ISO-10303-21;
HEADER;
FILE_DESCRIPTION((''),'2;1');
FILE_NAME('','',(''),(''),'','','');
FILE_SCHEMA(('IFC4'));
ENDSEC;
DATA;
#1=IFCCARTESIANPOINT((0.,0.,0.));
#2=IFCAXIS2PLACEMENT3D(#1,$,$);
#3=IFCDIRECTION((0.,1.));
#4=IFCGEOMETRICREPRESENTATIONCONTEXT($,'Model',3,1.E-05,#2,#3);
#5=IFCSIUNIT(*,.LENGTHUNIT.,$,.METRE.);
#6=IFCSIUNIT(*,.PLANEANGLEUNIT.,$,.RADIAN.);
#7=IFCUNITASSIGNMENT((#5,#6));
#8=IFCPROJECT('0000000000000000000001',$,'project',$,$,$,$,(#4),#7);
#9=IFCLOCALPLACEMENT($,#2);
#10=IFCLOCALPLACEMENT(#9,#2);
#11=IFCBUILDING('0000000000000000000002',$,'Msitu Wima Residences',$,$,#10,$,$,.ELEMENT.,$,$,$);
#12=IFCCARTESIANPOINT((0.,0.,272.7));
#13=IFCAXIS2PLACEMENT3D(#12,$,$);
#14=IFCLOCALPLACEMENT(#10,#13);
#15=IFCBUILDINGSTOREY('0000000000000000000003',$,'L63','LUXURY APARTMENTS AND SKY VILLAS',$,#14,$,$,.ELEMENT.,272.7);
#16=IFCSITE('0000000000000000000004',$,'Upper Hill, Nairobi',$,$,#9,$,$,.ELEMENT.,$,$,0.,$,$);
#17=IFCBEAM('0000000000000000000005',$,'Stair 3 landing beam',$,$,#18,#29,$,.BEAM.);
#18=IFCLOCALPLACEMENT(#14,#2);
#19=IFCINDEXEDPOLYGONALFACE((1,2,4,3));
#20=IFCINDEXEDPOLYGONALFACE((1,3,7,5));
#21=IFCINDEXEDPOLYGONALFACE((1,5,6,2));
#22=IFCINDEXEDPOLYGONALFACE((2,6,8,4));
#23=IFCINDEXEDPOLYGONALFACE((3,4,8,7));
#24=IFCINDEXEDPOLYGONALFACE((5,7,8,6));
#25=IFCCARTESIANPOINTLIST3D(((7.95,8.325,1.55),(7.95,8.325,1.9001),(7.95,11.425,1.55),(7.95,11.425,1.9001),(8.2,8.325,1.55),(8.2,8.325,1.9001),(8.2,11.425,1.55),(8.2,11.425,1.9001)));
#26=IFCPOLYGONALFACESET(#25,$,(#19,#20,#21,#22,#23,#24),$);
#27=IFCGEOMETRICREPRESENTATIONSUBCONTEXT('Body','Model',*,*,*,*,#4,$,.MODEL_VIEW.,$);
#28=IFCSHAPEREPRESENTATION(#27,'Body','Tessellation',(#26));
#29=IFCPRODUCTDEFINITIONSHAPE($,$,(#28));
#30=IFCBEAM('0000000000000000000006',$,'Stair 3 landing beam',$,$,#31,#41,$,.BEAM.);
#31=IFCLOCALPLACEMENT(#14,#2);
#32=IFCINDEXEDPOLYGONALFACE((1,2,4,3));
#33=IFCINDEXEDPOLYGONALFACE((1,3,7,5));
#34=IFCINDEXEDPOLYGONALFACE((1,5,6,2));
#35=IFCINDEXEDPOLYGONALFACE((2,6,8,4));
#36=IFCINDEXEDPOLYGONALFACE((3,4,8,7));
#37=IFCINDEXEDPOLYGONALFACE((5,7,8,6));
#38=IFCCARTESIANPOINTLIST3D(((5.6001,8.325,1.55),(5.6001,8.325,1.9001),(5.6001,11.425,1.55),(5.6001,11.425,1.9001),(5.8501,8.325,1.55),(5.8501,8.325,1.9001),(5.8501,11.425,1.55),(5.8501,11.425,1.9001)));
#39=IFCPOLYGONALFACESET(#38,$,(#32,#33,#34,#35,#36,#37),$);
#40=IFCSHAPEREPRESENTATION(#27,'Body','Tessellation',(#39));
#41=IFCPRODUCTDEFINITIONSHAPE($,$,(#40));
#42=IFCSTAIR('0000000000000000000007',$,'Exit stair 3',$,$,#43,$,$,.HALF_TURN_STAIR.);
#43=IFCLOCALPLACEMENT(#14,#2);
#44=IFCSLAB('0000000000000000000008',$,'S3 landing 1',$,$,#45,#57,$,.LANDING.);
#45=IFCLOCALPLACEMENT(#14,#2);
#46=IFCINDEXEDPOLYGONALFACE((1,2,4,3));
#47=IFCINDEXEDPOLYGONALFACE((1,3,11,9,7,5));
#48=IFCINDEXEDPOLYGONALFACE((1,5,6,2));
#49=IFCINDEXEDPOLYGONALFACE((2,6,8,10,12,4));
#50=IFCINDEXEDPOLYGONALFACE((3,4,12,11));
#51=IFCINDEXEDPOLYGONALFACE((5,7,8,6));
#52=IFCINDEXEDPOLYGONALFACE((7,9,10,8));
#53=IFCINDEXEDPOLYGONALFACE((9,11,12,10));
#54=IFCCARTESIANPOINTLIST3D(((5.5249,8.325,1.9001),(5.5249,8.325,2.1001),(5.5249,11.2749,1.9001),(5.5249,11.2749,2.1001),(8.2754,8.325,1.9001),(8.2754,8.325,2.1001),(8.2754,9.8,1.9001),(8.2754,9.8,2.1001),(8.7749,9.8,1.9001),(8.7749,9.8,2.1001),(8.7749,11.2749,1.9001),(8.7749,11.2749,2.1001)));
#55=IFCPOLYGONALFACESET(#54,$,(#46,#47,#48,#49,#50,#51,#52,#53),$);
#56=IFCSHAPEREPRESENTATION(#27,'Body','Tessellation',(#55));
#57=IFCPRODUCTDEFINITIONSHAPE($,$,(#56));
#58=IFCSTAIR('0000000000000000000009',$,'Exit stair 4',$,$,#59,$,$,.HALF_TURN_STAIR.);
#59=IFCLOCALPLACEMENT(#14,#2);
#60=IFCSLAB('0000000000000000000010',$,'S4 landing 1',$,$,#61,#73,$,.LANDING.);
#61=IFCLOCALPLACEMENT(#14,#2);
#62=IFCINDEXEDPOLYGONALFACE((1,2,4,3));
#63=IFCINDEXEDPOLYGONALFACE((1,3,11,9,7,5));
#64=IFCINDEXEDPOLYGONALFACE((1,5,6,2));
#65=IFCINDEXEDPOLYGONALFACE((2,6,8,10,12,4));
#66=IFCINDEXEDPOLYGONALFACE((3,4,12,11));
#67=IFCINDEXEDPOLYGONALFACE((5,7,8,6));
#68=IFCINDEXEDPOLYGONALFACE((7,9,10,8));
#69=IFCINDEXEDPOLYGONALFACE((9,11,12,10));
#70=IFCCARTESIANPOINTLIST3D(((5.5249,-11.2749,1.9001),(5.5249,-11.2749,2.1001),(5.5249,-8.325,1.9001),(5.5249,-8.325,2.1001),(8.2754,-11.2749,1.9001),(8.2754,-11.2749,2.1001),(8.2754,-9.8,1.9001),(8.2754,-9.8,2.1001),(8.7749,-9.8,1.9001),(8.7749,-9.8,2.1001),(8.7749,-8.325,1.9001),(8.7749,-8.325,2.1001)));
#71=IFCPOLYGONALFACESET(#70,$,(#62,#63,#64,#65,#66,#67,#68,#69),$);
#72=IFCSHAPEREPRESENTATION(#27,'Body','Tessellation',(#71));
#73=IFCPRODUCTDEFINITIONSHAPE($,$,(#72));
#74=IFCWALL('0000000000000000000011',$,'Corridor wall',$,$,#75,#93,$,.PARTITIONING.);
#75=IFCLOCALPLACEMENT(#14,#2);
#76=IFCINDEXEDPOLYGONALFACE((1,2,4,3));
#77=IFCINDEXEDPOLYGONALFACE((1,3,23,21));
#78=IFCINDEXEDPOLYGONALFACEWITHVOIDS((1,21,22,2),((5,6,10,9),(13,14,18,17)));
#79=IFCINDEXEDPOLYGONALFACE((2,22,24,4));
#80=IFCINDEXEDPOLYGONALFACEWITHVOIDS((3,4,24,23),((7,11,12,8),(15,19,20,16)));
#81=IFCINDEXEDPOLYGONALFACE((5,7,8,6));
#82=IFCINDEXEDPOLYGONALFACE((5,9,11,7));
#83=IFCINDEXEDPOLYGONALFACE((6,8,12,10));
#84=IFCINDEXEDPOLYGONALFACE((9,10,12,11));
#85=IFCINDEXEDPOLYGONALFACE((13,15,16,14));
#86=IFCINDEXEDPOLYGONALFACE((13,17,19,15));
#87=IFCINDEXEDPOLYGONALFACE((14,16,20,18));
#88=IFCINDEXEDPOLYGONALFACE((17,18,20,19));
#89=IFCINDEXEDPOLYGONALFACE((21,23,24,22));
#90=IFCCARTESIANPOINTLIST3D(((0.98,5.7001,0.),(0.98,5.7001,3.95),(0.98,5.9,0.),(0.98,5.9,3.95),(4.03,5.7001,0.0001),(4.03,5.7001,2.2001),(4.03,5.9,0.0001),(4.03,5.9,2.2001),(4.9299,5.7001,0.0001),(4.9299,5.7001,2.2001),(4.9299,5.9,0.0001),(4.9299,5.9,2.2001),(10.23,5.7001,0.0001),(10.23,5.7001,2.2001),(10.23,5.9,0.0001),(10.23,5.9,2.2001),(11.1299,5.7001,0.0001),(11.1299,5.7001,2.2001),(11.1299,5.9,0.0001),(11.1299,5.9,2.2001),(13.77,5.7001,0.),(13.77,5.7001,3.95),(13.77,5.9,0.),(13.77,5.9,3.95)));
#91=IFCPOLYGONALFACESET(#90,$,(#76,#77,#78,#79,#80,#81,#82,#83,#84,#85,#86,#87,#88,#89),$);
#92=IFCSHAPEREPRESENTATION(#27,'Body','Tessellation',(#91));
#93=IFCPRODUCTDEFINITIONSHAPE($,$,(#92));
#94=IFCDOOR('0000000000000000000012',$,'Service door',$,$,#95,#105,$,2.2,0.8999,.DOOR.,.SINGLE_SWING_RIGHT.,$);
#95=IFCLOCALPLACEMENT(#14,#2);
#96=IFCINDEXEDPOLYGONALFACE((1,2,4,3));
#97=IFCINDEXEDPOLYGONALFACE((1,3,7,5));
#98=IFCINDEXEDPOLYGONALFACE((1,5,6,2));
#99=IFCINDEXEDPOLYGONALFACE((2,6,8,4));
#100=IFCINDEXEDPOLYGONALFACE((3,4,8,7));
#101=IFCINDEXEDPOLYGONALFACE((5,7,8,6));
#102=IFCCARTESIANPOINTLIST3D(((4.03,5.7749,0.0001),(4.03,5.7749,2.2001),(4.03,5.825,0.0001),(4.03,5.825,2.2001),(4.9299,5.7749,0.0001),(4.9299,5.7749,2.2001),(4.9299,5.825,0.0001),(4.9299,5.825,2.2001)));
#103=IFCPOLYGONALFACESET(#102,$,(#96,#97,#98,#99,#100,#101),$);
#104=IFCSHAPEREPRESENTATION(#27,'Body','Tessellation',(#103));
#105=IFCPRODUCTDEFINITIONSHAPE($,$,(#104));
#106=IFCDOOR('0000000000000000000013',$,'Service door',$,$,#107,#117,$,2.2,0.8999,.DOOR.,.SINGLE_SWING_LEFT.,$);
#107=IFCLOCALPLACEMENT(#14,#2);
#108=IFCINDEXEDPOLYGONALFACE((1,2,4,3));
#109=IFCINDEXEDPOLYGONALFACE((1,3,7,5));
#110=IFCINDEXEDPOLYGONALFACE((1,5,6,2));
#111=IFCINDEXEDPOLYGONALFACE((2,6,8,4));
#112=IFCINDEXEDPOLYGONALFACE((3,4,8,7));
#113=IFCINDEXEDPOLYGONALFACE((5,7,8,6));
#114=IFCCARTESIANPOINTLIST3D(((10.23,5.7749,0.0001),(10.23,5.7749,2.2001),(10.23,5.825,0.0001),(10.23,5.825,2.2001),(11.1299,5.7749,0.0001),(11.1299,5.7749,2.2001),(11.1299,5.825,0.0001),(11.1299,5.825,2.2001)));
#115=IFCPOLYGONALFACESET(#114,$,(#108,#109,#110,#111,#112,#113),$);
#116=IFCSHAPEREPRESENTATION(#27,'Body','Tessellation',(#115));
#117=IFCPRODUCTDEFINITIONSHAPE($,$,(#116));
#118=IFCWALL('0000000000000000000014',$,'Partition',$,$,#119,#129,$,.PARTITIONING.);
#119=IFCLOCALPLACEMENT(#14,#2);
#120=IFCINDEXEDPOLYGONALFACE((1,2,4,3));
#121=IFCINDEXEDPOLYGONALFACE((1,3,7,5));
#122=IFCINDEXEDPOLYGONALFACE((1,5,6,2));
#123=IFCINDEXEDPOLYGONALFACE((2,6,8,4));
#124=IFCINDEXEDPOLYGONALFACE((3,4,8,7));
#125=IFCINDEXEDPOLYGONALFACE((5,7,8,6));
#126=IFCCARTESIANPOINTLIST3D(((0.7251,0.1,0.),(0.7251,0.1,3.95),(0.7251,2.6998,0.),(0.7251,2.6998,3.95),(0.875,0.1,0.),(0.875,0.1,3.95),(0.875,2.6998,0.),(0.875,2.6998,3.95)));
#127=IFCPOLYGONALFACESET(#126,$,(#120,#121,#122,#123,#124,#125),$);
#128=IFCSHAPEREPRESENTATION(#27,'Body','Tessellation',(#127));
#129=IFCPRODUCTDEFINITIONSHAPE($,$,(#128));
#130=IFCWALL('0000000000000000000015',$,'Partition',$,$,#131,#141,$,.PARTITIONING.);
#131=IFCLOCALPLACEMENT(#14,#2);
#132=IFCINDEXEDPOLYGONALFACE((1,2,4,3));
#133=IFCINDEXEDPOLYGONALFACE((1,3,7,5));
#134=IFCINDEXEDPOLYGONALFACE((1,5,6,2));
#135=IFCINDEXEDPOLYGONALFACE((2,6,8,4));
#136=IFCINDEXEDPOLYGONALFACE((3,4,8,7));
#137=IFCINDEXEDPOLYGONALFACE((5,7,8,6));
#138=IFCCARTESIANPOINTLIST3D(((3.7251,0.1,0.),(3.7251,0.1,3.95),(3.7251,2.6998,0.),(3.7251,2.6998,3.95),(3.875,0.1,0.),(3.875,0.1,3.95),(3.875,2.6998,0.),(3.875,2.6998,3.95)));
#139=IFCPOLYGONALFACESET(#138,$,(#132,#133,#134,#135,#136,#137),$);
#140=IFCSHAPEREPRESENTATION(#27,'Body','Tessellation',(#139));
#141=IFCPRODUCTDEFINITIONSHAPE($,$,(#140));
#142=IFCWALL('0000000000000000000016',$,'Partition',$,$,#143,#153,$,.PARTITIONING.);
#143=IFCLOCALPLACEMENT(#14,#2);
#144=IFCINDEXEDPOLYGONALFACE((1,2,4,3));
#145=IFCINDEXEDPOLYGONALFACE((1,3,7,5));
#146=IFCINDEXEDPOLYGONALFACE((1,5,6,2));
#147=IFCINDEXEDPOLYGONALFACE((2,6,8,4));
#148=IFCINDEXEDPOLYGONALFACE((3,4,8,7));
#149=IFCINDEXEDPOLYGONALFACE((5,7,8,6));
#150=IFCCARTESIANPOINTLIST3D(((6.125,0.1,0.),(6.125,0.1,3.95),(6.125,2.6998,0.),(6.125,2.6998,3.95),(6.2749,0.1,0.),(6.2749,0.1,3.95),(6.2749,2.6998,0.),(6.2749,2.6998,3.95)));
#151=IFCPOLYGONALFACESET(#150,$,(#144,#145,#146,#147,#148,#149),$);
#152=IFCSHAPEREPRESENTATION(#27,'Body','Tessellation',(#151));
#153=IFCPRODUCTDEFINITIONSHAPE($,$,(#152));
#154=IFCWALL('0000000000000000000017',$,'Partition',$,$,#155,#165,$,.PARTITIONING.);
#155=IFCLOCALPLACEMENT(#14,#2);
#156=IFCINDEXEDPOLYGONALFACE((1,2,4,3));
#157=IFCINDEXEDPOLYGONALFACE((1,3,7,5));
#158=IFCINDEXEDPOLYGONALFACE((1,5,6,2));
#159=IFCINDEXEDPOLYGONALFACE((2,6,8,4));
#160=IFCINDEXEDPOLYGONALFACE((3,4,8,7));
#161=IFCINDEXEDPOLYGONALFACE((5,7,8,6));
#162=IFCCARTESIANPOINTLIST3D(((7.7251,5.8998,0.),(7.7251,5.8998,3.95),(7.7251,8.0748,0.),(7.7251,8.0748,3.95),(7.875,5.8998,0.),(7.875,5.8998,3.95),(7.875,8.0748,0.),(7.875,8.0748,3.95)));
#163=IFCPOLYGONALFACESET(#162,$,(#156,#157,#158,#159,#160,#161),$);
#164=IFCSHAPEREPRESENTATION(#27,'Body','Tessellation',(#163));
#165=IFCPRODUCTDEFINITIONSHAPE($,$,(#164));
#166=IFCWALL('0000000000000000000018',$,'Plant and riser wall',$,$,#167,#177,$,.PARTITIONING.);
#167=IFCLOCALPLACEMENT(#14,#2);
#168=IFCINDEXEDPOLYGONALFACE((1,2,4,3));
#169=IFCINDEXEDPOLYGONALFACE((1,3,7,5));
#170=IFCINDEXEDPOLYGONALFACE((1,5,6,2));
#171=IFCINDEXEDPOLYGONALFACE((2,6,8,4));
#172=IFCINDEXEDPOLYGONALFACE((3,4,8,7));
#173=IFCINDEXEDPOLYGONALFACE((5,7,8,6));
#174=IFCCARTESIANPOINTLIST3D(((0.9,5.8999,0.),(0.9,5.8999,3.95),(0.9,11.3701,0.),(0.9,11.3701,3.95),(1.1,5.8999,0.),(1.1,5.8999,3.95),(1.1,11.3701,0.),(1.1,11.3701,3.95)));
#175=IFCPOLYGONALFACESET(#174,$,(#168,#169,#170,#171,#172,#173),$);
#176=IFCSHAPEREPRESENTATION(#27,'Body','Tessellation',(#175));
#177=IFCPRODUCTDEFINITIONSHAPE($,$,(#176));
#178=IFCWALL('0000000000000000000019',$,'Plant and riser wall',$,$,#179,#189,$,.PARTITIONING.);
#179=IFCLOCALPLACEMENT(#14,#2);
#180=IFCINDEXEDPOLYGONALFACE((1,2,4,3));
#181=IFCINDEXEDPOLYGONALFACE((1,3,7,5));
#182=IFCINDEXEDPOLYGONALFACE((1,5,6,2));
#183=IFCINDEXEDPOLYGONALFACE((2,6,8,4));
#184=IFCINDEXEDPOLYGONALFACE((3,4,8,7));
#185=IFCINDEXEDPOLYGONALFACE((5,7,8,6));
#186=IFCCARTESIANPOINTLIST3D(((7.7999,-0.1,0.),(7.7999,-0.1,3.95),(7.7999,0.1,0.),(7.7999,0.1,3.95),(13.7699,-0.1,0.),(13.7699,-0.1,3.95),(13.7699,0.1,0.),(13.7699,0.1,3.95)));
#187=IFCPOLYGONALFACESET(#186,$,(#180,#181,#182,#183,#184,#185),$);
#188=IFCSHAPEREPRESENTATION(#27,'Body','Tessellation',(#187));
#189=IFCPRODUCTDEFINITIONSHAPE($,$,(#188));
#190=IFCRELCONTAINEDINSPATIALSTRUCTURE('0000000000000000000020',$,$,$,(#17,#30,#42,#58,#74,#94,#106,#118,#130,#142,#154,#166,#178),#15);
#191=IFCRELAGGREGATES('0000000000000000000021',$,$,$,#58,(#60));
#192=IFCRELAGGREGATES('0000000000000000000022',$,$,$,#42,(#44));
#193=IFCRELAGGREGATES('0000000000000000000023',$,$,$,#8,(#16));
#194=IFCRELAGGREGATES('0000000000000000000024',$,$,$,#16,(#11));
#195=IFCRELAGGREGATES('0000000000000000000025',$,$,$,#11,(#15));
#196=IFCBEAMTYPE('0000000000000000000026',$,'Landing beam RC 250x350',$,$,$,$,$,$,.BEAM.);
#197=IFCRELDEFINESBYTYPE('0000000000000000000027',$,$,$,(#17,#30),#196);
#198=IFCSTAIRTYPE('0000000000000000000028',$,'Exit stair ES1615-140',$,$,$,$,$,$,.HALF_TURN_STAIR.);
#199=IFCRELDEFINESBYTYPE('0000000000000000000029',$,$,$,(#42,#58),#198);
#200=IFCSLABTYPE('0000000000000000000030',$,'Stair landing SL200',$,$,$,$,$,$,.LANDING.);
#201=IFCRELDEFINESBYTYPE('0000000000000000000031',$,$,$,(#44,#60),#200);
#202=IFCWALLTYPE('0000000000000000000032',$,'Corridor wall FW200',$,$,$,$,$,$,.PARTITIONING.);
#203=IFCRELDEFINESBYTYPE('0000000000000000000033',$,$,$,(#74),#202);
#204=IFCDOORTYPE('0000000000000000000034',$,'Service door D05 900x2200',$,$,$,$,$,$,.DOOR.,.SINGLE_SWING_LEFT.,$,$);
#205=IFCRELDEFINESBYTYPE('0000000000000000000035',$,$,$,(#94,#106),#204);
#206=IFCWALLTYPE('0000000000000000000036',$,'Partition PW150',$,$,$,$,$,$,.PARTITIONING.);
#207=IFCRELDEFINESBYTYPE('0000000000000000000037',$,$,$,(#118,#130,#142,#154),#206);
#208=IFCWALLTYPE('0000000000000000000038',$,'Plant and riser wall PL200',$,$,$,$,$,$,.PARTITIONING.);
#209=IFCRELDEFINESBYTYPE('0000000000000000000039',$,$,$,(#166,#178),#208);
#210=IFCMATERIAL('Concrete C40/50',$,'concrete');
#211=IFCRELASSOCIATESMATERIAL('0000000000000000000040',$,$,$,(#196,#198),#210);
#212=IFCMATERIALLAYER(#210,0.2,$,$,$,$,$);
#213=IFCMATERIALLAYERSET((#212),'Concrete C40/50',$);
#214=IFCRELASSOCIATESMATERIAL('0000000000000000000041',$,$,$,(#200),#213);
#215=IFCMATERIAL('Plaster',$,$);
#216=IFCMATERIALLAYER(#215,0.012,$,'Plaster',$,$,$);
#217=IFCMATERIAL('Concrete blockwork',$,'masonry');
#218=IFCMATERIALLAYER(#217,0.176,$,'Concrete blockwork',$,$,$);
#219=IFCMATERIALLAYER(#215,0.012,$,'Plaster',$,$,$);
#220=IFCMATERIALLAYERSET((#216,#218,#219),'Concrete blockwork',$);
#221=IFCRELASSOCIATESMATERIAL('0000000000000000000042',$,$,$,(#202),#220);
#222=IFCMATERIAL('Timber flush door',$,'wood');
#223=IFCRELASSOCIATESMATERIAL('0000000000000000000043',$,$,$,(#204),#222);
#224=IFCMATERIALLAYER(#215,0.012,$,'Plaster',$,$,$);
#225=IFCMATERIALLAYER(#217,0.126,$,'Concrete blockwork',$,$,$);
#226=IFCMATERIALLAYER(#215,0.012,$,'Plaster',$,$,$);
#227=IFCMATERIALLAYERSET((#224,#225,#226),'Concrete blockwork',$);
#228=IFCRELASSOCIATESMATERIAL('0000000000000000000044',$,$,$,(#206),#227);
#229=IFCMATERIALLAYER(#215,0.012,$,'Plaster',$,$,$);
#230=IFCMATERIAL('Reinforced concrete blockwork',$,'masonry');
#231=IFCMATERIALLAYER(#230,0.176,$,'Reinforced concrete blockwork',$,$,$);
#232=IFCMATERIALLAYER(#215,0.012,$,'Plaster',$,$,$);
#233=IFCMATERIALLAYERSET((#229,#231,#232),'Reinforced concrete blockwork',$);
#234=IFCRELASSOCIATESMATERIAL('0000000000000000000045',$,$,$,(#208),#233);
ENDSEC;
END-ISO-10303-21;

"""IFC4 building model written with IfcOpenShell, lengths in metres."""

from ifc_helpers import new_model, si_unit, direction, frame, frame_2d, origin, origin_2d, place, context, subcontext, project, spatial, polyline, rectangle, outline, extrude, material, layer, layer_set, material_profile, profile_set, type_object, element, fill, aggregate, save


model = new_model("IFC4")

# Units and contexts
model_context = context("Model", 3, precision=1e-05, world=origin(), true_north=direction((0.0, 1.0)))
body_context = subcontext(model_context, "Body", "Model", "MODEL_VIEW")
ifc_project = project(units=[si_unit("LENGTHUNIT", "METRE"), si_unit("PLANEANGLEUNIT", "RADIAN")], contexts=[model_context])

# Site, building, storey
site_placement = place(None, origin())
site = spatial("IfcSite", under=ifc_project, at=site_placement, Name="Upper Hill, Nairobi", CompositionType="ELEMENT", RefElevation=0.0)
building_placement = place(site_placement, origin())
building = spatial("IfcBuilding", under=site, at=building_placement, Name="Msitu Wima Residences", CompositionType="ELEMENT")
storey_placement = place(building_placement, frame((0.0, 0.0, 272.7)))
storey = spatial("IfcBuildingStorey", under=building, at=storey_placement, Name="L63", Description="LUXURY APARTMENTS AND SKY VILLAS", CompositionType="ELEMENT", Elevation=272.7)

# Beams
ifc_material_1 = material(Name="Concrete C40/50", Category="concrete")
ifc_material_profile = material_profile(ifc_material_1, rectangle(XDim=0.25, YDim=0.3501, at=origin_2d()), Name="RC 250x350")
ifc_profile_set = profile_set([ifc_material_profile], Name="Concrete C40/50")
beam_type = type_object("IfcBeamType", Name="Landing beam RC 250x350", PredefinedType="BEAM", material=ifc_profile_set)
for number, where, z_axis, x_axis, name in (
    (1, (8.075, 8.325, 1.7251), (0.0, 1.0, 0.0), (-1.0, 0.0, 0.0), "Stair 3 landing beam"),
    (2, (5.7251, 8.325, 1.7251), (0.0, 1.0, 0.0), (-1.0, 0.0, 0.0), "Stair 3 landing beam"),
):
    element("IfcBeam", number, at=place(storey_placement, frame(where, z_axis=z_axis, x_axis=x_axis)), inside=storey, type_object=beam_type, Name=name, PredefinedType="BEAM", context=body_context, shape_type="SweptSolid", body=[
        extrude(rectangle(XDim=0.25, YDim=0.3501, at=origin_2d()), origin(), (0.0, 0.0, 1.0), 3.1001),
    ])

# Stairs, slabs
stair_type = type_object("IfcStairType", Name="Exit stair ES1615-140", PredefinedType="HALF_TURN_STAIR", material=ifc_material_1)
stair_1_placement = place(storey_placement, origin())
stair_1 = element("IfcStair", 3, at=stair_1_placement, inside=storey, type_object=stair_type, Name="Exit stair 3", PredefinedType="HALF_TURN_STAIR")
ifc_layer_1 = layer(ifc_material_1, 0.2)
ifc_layer_set_1 = layer_set([ifc_layer_1], Name="Concrete C40/50")
slab_type = type_object("IfcSlabType", Name="Stair landing SL200", PredefinedType="LANDING", material=ifc_layer_set_1)
slab_1_placement = place(storey_placement, frame((0.0, 0.0, 1.9001)))
slab_1 = element("IfcSlab", 4, at=slab_1_placement, type_object=slab_type, Name="S3 landing 1", PredefinedType="LANDING", context=body_context, shape_type="SweptSolid", body=[
    extrude(outline(polyline([(5.5249, 8.325), (8.2754, 8.325), (8.2754, 9.8), (8.7749, 9.8), (8.7749, 11.2749), (5.5249, 11.2749), (5.5249, 8.325)])), origin(), (0.0, 0.0, 1.0), 0.2),
])
stair_2_placement = place(storey_placement, origin())
stair_2 = element("IfcStair", 5, at=stair_2_placement, inside=storey, type_object=stair_type, Name="Exit stair 4", PredefinedType="HALF_TURN_STAIR")
slab_2_placement = place(storey_placement, frame((0.0, 0.0, 1.9001)))
slab_2 = element("IfcSlab", 6, at=slab_2_placement, type_object=slab_type, Name="S4 landing 1", PredefinedType="LANDING", context=body_context, shape_type="SweptSolid", body=[
    extrude(outline(polyline([(5.5249, -11.2749), (8.2754, -11.2749), (8.2754, -9.8), (8.7749, -9.8), (8.7749, -8.325), (5.5249, -8.325), (5.5249, -11.2749)])), origin(), (0.0, 0.0, 1.0), 0.2),
])
aggregate(stair_2, [slab_2])

# Wall, openings, doors
ifc_material_2 = material(Name="Plaster")
ifc_layer_2 = layer(ifc_material_2, 0.012, Name="Plaster")
ifc_material_3 = material(Name="Concrete blockwork", Category="masonry")
ifc_layer_3 = layer(ifc_material_3, 0.176, Name="Concrete blockwork")
ifc_layer_4 = layer(ifc_material_2, 0.012, Name="Plaster")
ifc_layer_set_2 = layer_set([ifc_layer_2, ifc_layer_3, ifc_layer_4], Name="Concrete blockwork")
wall_type_1 = type_object("IfcWallType", Name="Corridor wall FW200", PredefinedType="PARTITIONING", material=ifc_layer_set_2)
wall_1_placement = place(storey_placement, frame((0.98, 5.8, 0.0), z_axis=(0.0, 0.0, 1.0), x_axis=(1.0, 0.0, 0.0)))
wall_1 = element("IfcWall", 7, at=wall_1_placement, inside=storey, type_object=wall_type_1, Name="Corridor wall", PredefinedType="PARTITIONING", context=body_context, shape_type="SweptSolid", body=[
    extrude(rectangle(XDim=12.79, YDim=0.2, at=frame_2d((6.395, 0.0))), origin(), (0.0, 0.0, 1.0), 3.95),
])
opening_1_placement = place(wall_1_placement, frame((3.05, 0.0, 0.0)))
opening_1 = element("IfcOpeningElement", 8, at=opening_1_placement, cuts=wall_1, PredefinedType="OPENING", context=body_context, shape_type="SweptSolid", body=[
    extrude(rectangle(XDim=0.8999, YDim=2.2, at=frame_2d((0.45, 1.1001))), frame((0.0, 0.1099, 0.0), z_axis=(0.0, -1.0, 0.0), x_axis=(1.0, 0.0, 0.0)), (0.0, 0.0, 1.0), 0.22),
])
opening_2_placement = place(wall_1_placement, frame((9.25, 0.0, 0.0)))
opening_2 = element("IfcOpeningElement", 9, at=opening_2_placement, cuts=wall_1, PredefinedType="OPENING", context=body_context, shape_type="SweptSolid", body=[
    extrude(rectangle(XDim=0.8999, YDim=2.2, at=frame_2d((0.45, 1.1001))), frame((0.0, 0.1099, 0.0), z_axis=(0.0, -1.0, 0.0), x_axis=(1.0, 0.0, 0.0)), (0.0, 0.0, 1.0), 0.22),
])
ifc_material_4 = material(Name="Timber flush door", Category="wood")
door_type_1 = type_object("IfcDoorType", Name="Service door D05 900x2200", OperationType="SINGLE_SWING_LEFT", PredefinedType="DOOR", material=ifc_material_4)
door_1_placement = place(opening_1_placement, origin())
door_1 = element("IfcDoor", 10, at=door_1_placement, inside=storey, type_object=door_type_1, Name="Service door", OperationType="SINGLE_SWING_RIGHT", OverallHeight=2.2, OverallWidth=0.8999, PredefinedType="DOOR", context=body_context, shape_type="SweptSolid", body=[
    extrude(rectangle(XDim=0.8999, YDim=2.2, at=frame_2d((0.45, 1.1001))), frame((0.0, 0.0249, 0.0), z_axis=(0.0, -1.0, 0.0), x_axis=(1.0, 0.0, 0.0)), (0.0, 0.0, 1.0), 0.05),
])
fill(opening_1, door_1)
door_2_placement = place(opening_2_placement, origin())
door_2 = element("IfcDoor", 11, at=door_2_placement, inside=storey, type_object=door_type_1, Name="Service door", OperationType="SINGLE_SWING_LEFT", OverallHeight=2.2, OverallWidth=0.8999, PredefinedType="DOOR", context=body_context, shape_type="SweptSolid", body=[
    extrude(rectangle(XDim=0.8999, YDim=2.2, at=frame_2d((0.45, 1.1001))), frame((0.0, 0.0249, 0.0), z_axis=(0.0, -1.0, 0.0), x_axis=(1.0, 0.0, 0.0)), (0.0, 0.0, 1.0), 0.05),
])
fill(opening_2, door_2)

# Walls
ifc_layer_5 = layer(ifc_material_2, 0.012, Name="Plaster")
ifc_layer_6 = layer(ifc_material_3, 0.126, Name="Concrete blockwork")
ifc_layer_7 = layer(ifc_material_2, 0.012, Name="Plaster")
ifc_layer_set_3 = layer_set([ifc_layer_5, ifc_layer_6, ifc_layer_7], Name="Concrete blockwork")
wall_type_2 = type_object("IfcWallType", Name="Partition PW150", PredefinedType="PARTITIONING", material=ifc_layer_set_3)
for number, where, z_axis, x_axis, name in (
    (12, (0.8, 0.1001, 0.0), (0.0, 0.0, 1.0), (0.0, 1.0, 0.0), "Partition"),
    (13, (3.8, 0.1001, 0.0), (0.0, 0.0, 1.0), (0.0, 1.0, 0.0), "Partition"),
    (14, (6.2, 0.1001, 0.0), (0.0, 0.0, 1.0), (0.0, 1.0, 0.0), "Partition"),
):
    element("IfcWall", number, at=place(storey_placement, frame(where, z_axis=z_axis, x_axis=x_axis)), inside=storey, type_object=wall_type_2, Name=name, PredefinedType="PARTITIONING", context=body_context, shape_type="SweptSolid", body=[
        extrude(rectangle(XDim=2.5999, YDim=0.1499, at=frame_2d((1.2998, 0.0))), origin(), (0.0, 0.0, 1.0), 3.95),
    ])
wall_2_placement = place(storey_placement, frame((7.8, 5.8999, 0.0), z_axis=(0.0, 0.0, 1.0), x_axis=(0.0, 1.0, 0.0)))
element("IfcWall", 15, at=wall_2_placement, inside=storey, type_object=wall_type_2, Name="Partition", PredefinedType="PARTITIONING", context=body_context, shape_type="SweptSolid", body=[
    extrude(rectangle(XDim=2.175, YDim=0.1499, at=frame_2d((1.0874, 0.0))), origin(), (0.0, 0.0, 1.0), 3.95),
])
ifc_layer_8 = layer(ifc_material_2, 0.012, Name="Plaster")
ifc_material_5 = material(Name="Reinforced concrete blockwork", Category="masonry")
ifc_layer_9 = layer(ifc_material_5, 0.176, Name="Reinforced concrete blockwork")
ifc_layer_10 = layer(ifc_material_2, 0.012, Name="Plaster")
ifc_layer_set_4 = layer_set([ifc_layer_8, ifc_layer_9, ifc_layer_10], Name="Reinforced concrete blockwork")
wall_type_3 = type_object("IfcWallType", Name="Plant and riser wall PL200", PredefinedType="PARTITIONING", material=ifc_layer_set_4)
wall_3_placement = place(storey_placement, frame((1.0, 5.8999, 0.0), z_axis=(0.0, 0.0, 1.0), x_axis=(0.0, 1.0, 0.0)))
element("IfcWall", 16, at=wall_3_placement, inside=storey, type_object=wall_type_3, Name="Plant and riser wall", PredefinedType="PARTITIONING", context=body_context, shape_type="SweptSolid", body=[
    extrude(rectangle(XDim=5.4702, YDim=0.2, at=frame_2d((2.7351, 0.0))), origin(), (0.0, 0.0, 1.0), 3.95),
])
wall_4_placement = place(storey_placement, frame((7.8, 0.0, 0.0), z_axis=(0.0, 0.0, 1.0), x_axis=(1.0, 0.0, 0.0)))
element("IfcWall", 17, at=wall_4_placement, inside=storey, type_object=wall_type_3, Name="Plant and riser wall", PredefinedType="PARTITIONING", context=body_context, shape_type="SweptSolid", body=[
    extrude(rectangle(XDim=5.97, YDim=0.2, at=frame_2d((2.9849, 0.0))), origin(), (0.0, 0.0, 1.0), 3.95),
])

aggregate(stair_1, [slab_1])

save(model, "model.ifc")
